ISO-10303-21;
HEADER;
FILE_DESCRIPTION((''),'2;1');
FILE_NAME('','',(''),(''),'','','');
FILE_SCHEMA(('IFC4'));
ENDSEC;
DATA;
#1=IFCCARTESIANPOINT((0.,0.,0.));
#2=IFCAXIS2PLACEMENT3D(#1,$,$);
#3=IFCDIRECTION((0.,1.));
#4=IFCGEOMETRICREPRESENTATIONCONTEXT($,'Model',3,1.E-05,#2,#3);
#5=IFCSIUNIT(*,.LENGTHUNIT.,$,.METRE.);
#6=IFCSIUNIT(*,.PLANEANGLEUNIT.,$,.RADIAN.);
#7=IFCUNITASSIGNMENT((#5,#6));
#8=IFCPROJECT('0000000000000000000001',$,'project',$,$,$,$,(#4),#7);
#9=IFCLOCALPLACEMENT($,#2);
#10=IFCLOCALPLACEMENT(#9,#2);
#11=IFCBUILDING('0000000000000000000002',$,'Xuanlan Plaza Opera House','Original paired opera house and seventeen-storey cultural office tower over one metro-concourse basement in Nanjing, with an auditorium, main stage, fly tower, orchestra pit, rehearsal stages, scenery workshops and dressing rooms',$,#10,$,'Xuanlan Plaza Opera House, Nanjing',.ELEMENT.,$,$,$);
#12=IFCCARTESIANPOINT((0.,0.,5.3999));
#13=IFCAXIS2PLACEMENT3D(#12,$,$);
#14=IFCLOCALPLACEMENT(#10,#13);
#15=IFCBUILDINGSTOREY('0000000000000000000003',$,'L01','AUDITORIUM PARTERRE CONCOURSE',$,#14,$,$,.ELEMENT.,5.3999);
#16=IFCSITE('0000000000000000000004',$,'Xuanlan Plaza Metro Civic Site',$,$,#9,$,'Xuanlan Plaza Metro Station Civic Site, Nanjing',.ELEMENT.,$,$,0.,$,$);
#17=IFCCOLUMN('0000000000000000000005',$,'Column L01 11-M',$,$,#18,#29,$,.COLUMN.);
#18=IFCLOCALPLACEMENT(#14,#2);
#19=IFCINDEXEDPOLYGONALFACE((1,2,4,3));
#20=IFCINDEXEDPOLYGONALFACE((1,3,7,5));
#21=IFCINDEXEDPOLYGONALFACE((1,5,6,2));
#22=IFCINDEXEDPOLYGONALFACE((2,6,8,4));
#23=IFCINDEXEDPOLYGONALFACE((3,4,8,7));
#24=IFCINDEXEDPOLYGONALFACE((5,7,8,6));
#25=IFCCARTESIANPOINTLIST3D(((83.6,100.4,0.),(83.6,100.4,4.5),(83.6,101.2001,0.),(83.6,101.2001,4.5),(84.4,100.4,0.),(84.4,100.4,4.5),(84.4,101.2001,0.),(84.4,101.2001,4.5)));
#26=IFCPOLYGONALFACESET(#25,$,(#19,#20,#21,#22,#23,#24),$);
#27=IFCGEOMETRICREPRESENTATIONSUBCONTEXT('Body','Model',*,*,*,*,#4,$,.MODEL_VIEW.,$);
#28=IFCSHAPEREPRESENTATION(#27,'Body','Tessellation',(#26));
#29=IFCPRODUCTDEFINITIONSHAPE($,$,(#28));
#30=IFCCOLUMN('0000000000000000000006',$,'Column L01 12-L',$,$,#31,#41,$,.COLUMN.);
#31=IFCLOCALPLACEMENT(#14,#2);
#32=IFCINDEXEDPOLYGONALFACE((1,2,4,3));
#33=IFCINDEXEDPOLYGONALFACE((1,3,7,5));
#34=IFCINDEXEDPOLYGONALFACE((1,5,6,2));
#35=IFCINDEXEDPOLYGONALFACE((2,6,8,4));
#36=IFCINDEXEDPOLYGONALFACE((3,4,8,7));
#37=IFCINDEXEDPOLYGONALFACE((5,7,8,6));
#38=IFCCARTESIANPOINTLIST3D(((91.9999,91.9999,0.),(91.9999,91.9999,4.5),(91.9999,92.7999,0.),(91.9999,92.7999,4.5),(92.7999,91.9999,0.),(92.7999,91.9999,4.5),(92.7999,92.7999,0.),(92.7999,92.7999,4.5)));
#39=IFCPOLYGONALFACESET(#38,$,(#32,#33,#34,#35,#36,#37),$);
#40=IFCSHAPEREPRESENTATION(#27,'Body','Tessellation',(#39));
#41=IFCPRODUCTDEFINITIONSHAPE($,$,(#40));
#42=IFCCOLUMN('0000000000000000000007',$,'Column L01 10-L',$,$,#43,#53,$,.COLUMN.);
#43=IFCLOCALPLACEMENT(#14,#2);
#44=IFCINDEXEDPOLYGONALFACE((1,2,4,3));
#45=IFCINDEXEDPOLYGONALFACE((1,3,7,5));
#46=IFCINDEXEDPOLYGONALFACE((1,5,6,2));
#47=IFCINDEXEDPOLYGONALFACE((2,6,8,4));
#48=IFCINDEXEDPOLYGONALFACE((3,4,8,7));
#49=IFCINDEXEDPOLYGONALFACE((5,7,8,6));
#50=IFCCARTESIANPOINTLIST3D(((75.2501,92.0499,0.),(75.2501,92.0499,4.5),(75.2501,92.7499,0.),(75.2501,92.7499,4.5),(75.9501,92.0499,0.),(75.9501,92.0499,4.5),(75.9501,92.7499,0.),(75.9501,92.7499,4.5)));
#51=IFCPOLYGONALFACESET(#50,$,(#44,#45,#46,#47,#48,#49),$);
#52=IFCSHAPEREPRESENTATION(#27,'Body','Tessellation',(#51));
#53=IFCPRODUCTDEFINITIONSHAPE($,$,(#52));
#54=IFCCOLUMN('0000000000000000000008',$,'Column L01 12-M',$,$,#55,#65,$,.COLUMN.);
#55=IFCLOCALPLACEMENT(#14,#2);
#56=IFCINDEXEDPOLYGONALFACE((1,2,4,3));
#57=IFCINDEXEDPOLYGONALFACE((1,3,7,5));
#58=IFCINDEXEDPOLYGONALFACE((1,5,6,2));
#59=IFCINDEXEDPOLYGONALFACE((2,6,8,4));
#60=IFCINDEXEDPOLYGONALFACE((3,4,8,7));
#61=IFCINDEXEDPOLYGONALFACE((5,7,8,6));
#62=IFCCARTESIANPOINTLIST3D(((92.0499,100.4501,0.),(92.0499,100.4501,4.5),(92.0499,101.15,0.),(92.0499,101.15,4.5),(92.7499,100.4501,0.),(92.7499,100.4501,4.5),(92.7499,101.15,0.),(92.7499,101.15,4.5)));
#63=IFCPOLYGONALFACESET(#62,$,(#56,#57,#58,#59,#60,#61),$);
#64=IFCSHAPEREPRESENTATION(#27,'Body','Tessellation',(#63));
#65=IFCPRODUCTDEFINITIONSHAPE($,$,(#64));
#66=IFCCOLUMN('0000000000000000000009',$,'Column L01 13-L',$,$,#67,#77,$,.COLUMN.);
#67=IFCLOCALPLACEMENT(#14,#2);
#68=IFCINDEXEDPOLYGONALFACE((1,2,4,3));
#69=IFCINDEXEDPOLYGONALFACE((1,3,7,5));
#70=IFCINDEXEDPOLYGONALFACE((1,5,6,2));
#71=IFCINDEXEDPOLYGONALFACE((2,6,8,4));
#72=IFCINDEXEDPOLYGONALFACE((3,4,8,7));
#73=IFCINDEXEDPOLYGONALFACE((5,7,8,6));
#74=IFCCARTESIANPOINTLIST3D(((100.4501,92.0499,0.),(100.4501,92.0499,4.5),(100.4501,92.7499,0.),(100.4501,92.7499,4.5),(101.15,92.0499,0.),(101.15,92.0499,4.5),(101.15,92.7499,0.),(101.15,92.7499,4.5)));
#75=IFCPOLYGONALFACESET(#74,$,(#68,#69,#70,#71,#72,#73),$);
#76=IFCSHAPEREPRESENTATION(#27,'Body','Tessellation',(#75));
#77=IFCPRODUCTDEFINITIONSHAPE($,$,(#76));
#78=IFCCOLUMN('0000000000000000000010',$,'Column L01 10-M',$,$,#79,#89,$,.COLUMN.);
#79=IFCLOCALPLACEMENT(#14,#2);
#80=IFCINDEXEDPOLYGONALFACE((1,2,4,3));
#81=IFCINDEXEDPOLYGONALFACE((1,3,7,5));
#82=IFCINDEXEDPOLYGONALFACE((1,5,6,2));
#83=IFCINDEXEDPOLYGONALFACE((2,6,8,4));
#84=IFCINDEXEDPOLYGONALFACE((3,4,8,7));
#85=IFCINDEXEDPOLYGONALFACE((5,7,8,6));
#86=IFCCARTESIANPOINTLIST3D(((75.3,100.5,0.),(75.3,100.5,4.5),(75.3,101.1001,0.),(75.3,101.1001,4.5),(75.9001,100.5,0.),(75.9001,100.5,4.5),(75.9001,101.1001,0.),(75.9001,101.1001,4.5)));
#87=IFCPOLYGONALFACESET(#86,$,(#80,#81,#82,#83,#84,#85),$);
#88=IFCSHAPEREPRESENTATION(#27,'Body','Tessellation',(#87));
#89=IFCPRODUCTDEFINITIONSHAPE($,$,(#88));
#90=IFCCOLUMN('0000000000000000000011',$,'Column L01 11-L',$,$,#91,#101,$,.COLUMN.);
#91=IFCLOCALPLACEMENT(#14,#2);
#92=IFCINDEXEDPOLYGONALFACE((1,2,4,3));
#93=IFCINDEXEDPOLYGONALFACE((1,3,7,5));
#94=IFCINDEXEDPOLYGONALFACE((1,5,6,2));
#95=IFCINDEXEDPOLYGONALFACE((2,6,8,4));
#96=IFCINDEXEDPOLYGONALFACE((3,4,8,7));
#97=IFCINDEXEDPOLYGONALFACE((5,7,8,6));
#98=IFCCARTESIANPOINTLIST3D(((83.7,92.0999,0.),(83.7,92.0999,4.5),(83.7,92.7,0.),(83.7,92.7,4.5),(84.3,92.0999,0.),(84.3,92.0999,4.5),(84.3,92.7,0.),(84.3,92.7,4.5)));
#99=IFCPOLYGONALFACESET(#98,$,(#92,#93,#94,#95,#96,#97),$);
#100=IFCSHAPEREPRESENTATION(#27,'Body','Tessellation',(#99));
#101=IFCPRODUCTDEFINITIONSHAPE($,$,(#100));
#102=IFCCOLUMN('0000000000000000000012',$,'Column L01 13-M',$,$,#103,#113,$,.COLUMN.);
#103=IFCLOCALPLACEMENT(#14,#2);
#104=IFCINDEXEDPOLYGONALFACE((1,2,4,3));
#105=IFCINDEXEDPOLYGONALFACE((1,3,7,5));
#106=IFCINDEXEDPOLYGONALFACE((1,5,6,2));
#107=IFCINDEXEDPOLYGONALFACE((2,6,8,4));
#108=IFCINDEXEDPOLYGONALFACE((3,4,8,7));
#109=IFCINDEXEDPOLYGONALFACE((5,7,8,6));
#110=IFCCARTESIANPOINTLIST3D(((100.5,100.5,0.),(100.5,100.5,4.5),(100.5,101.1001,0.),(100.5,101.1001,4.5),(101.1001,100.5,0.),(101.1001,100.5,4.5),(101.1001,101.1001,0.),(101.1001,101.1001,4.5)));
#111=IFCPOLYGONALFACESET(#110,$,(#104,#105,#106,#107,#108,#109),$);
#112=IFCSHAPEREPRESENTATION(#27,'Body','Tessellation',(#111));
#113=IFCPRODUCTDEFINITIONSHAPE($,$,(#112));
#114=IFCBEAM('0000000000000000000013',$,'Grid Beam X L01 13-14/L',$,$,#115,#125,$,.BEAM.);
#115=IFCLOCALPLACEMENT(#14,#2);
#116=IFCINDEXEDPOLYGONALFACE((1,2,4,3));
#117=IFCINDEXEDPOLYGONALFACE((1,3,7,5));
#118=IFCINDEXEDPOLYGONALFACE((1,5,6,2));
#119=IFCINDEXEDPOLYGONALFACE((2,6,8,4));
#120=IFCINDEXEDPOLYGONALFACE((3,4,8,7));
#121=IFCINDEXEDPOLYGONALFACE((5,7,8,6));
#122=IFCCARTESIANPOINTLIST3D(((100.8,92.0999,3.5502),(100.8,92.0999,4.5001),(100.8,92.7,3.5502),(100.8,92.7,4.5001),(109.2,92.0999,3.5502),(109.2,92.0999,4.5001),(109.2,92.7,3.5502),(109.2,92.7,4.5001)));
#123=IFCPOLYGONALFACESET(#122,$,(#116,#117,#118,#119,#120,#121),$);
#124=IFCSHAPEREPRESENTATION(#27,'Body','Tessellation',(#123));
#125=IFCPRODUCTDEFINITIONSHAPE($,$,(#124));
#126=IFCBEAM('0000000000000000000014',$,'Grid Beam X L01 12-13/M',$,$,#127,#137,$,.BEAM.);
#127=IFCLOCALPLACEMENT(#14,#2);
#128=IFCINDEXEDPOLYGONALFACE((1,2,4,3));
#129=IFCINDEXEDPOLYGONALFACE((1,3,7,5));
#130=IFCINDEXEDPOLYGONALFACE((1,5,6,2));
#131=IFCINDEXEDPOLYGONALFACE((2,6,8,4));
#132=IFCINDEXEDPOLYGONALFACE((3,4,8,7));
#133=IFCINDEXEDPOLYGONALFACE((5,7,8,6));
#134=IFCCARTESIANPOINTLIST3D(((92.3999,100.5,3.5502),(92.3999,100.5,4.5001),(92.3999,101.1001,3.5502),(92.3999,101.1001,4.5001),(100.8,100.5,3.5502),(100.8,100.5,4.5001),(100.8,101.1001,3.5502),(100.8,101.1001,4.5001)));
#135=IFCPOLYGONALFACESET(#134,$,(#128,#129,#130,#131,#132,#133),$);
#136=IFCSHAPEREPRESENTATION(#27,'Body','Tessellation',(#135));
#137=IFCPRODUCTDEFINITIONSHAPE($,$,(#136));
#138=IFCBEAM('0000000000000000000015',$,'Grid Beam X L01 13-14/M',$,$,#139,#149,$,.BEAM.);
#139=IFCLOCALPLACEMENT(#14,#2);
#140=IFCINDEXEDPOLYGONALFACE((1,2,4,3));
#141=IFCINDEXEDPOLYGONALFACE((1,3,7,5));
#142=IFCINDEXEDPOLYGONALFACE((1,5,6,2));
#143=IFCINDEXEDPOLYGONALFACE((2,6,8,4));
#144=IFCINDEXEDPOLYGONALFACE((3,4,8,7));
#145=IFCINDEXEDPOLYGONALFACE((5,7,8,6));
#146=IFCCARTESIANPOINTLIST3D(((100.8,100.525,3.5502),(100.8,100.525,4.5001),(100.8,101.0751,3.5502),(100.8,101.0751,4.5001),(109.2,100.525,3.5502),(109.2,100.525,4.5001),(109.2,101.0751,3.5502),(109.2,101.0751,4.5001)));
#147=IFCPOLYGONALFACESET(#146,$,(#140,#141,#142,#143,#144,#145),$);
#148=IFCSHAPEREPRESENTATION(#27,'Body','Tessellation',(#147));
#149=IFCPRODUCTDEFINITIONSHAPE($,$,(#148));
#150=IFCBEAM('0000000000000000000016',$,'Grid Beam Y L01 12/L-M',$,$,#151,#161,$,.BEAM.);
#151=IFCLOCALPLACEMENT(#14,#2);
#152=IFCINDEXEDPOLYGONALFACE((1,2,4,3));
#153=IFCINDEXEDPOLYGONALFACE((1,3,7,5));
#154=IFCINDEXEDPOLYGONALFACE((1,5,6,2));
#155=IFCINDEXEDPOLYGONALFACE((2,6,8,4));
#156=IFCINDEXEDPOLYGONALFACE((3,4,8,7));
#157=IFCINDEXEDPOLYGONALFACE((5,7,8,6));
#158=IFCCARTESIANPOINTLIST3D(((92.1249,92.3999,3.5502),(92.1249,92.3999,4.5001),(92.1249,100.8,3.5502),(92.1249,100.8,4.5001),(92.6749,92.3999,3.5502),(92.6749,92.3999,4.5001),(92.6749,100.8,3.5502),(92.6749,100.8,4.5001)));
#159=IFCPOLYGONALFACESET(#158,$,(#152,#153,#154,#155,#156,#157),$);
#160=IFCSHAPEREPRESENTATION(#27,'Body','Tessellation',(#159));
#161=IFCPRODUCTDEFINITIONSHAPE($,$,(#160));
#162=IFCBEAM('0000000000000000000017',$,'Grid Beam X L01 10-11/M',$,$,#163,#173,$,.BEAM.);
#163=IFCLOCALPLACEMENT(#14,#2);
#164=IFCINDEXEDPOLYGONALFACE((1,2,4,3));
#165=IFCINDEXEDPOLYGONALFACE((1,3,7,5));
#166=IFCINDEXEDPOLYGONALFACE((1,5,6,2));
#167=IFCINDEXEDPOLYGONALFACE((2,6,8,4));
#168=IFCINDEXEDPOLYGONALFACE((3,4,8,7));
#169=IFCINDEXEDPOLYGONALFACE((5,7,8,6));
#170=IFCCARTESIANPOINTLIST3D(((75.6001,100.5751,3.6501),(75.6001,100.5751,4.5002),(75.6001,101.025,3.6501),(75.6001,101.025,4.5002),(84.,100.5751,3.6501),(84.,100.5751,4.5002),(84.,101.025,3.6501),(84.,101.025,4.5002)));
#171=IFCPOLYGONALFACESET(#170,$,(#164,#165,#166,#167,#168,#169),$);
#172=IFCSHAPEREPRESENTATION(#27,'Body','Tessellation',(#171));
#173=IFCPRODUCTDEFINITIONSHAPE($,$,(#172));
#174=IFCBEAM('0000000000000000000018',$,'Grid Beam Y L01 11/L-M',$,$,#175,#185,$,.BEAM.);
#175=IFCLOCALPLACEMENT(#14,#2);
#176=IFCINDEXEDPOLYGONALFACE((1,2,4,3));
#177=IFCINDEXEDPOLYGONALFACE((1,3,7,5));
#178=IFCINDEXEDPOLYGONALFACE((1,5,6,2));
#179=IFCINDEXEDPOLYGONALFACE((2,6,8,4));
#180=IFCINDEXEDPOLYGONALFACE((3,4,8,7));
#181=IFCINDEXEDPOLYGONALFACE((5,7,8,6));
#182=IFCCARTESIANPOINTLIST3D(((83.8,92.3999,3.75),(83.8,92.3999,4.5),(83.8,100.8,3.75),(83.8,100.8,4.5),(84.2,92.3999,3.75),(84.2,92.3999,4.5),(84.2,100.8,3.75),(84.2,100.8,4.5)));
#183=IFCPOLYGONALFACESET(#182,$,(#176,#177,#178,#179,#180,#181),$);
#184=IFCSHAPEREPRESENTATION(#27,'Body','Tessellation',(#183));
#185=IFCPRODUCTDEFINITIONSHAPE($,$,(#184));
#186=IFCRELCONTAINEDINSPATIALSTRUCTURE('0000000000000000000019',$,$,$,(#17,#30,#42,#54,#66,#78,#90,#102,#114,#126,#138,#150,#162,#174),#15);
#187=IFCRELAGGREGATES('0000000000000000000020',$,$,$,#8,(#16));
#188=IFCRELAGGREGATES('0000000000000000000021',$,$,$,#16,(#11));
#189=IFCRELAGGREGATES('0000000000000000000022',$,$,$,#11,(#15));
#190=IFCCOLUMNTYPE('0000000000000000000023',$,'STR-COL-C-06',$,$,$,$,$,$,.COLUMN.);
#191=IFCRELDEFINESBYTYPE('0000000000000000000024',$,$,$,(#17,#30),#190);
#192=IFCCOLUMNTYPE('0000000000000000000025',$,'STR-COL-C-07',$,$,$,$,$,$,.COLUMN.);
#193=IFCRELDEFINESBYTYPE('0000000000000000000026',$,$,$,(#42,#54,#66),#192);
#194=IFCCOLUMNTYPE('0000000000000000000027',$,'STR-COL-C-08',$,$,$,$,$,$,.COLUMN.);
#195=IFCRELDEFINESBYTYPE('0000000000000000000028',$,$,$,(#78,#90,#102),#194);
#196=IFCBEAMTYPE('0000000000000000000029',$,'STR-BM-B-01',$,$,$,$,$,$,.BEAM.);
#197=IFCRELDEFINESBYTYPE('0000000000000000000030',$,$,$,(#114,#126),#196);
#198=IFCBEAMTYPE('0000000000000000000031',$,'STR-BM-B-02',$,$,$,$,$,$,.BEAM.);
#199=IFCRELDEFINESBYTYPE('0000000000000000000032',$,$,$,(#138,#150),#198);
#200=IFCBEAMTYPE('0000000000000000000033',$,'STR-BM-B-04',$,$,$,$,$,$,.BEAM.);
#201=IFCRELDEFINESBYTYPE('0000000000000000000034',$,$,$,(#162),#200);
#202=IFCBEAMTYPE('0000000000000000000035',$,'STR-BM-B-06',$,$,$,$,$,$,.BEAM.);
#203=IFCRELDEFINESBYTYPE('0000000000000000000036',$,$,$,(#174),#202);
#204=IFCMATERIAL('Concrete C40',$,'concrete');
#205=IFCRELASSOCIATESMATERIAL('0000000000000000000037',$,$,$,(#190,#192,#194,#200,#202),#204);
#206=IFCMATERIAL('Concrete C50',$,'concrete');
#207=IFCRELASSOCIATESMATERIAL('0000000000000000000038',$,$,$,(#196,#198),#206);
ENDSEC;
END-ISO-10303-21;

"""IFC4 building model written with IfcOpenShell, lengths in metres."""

from ifc_helpers import new_model, si_unit, direction, frame, origin, origin_2d, place, context, subcontext, project, spatial, rectangle, extrude, material, material_profile, profile_set, type_object, element, save


model = new_model("IFC4")

# Units and contexts
model_context = context("Model", 3, precision=1e-05, world=origin(), true_north=direction((0.0, 1.0)))
body_context = subcontext(model_context, "Body", "Model", "MODEL_VIEW")
ifc_project = project(units=[si_unit("LENGTHUNIT", "METRE"), si_unit("PLANEANGLEUNIT", "RADIAN")], contexts=[model_context])

# Site, building, storey
site_placement = place(None, origin())
site = spatial("IfcSite", under=ifc_project, at=site_placement, Name="Xuanlan Plaza Metro Civic Site", LongName="Xuanlan Plaza Metro Station Civic Site, Nanjing", CompositionType="ELEMENT", RefElevation=0.0)
building_placement = place(site_placement, origin())
building = spatial("IfcBuilding", under=site, at=building_placement, Name="Xuanlan Plaza Opera House", Description="Original paired opera house and seventeen-storey cultural office tower over one metro-concourse basement in Nanjing, with an auditorium, main stage, fly tower, orchestra pit, rehearsal stages, scenery workshops and dressing rooms", LongName="Xuanlan Plaza Opera House, Nanjing", CompositionType="ELEMENT")
storey_placement = place(building_placement, frame((0.0, 0.0, 5.3999)))
storey = spatial("IfcBuildingStorey", under=building, at=storey_placement, Name="L01", Description="AUDITORIUM PARTERRE CONCOURSE", CompositionType="ELEMENT", Elevation=5.3999)

# Columns
ifc_material_1 = material(Name="Concrete C40", Category="concrete")
ifc_material_profile_1 = material_profile(ifc_material_1, rectangle(XDim=0.8, YDim=0.8, at=origin_2d()), Name="RC-COL 800x800")
ifc_profile_set_1 = profile_set([ifc_material_profile_1], Name="Concrete C40")
column_type_1 = type_object("IfcColumnType", Name="STR-COL-C-06", PredefinedType="COLUMN", material=ifc_profile_set_1)
for number, where, z_axis, x_axis, name in (
    (1, (84.0, 100.8, 0.0), (0.0, 0.0, 1.0), (1.0, 0.0, 0.0), "Column L01 11-M"),
    (2, (92.3999, 92.3999, 0.0), (0.0, 0.0, 1.0), (1.0, 0.0, 0.0), "Column L01 12-L"),
):
    element("IfcColumn", number, at=place(storey_placement, frame(where, z_axis=z_axis, x_axis=x_axis)), inside=storey, type_object=column_type_1, Name=name, PredefinedType="COLUMN", context=body_context, shape_type="SweptSolid", body=[
        extrude(rectangle(XDim=0.8, YDim=0.8, at=origin_2d()), origin(), (0.0, 0.0, 1.0), 4.5),
    ])
ifc_material_profile_2 = material_profile(ifc_material_1, rectangle(XDim=0.7, YDim=0.7, at=origin_2d()), Name="RC-COL 700x700")
ifc_profile_set_2 = profile_set([ifc_material_profile_2], Name="Concrete C40")
column_type_2 = type_object("IfcColumnType", Name="STR-COL-C-07", PredefinedType="COLUMN", material=ifc_profile_set_2)
for number, where, z_axis, x_axis, name in (
    (3, (75.6001, 92.3999, 0.0), (0.0, 0.0, 1.0), (1.0, 0.0, 0.0), "Column L01 10-L"),
    (4, (92.3999, 100.8, 0.0), (0.0, 0.0, 1.0), (1.0, 0.0, 0.0), "Column L01 12-M"),
    (5, (100.8, 92.3999, 0.0), (0.0, 0.0, 1.0), (1.0, 0.0, 0.0), "Column L01 13-L"),
):
    element("IfcColumn", number, at=place(storey_placement, frame(where, z_axis=z_axis, x_axis=x_axis)), inside=storey, type_object=column_type_2, Name=name, PredefinedType="COLUMN", context=body_context, shape_type="SweptSolid", body=[
        extrude(rectangle(XDim=0.7, YDim=0.7, at=origin_2d()), origin(), (0.0, 0.0, 1.0), 4.5),
    ])
ifc_material_profile_3 = material_profile(ifc_material_1, rectangle(XDim=0.6001, YDim=0.6001, at=origin_2d()), Name="RC-COL 600x600")
ifc_profile_set_3 = profile_set([ifc_material_profile_3], Name="Concrete C40")
column_type_3 = type_object("IfcColumnType", Name="STR-COL-C-08", PredefinedType="COLUMN", material=ifc_profile_set_3)
for number, where, z_axis, x_axis, name in (
    (6, (75.6001, 100.8, 0.0), (0.0, 0.0, 1.0), (1.0, 0.0, 0.0), "Column L01 10-M"),
    (7, (84.0, 92.3999, 0.0), (0.0, 0.0, 1.0), (1.0, 0.0, 0.0), "Column L01 11-L"),
    (8, (100.8, 100.8, 0.0), (0.0, 0.0, 1.0), (1.0, 0.0, 0.0), "Column L01 13-M"),
):
    element("IfcColumn", number, at=place(storey_placement, frame(where, z_axis=z_axis, x_axis=x_axis)), inside=storey, type_object=column_type_3, Name=name, PredefinedType="COLUMN", context=body_context, shape_type="SweptSolid", body=[
        extrude(rectangle(XDim=0.6001, YDim=0.6001, at=origin_2d()), origin(), (0.0, 0.0, 1.0), 4.5),
    ])

# Beams
ifc_material_2 = material(Name="Concrete C50", Category="concrete")
ifc_material_profile_4 = material_profile(ifc_material_2, rectangle(XDim=0.6001, YDim=0.95, at=origin_2d()), Name="RC-BM 600x950")
ifc_profile_set_4 = profile_set([ifc_material_profile_4], Name="Concrete C50")
beam_type_1 = type_object("IfcBeamType", Name="STR-BM-B-01", PredefinedType="BEAM", material=ifc_profile_set_4)
beam_1_placement = place(storey_placement, frame((100.8, 92.3999, 4.0251), z_axis=(1.0, 0.0, 0.0), x_axis=(0.0, 1.0, 0.0)))
element("IfcBeam", 9, at=beam_1_placement, inside=storey, type_object=beam_type_1, Name="Grid Beam X L01 13-14/L", PredefinedType="BEAM", context=body_context, shape_type="SweptSolid", body=[
    extrude(rectangle(XDim=0.6001, YDim=0.95, at=origin_2d()), origin(), (0.0, 0.0, 1.0), 8.3999),
])
beam_2_placement = place(storey_placement, frame((92.3999, 100.8, 4.0251), z_axis=(1.0, 0.0, 0.0), x_axis=(0.0, 1.0, 0.0)))
element("IfcBeam", 10, at=beam_2_placement, inside=storey, type_object=beam_type_1, Name="Grid Beam X L01 12-13/M", PredefinedType="BEAM", context=body_context, shape_type="SweptSolid", body=[
    extrude(rectangle(XDim=0.6001, YDim=0.95, at=origin_2d()), origin(), (0.0, 0.0, 1.0), 8.4001),
])
ifc_material_profile_5 = material_profile(ifc_material_2, rectangle(XDim=0.55, YDim=0.95, at=origin_2d()), Name="RC-BM 550x950")
ifc_profile_set_5 = profile_set([ifc_material_profile_5], Name="Concrete C50")
beam_type_2 = type_object("IfcBeamType", Name="STR-BM-B-02", PredefinedType="BEAM", material=ifc_profile_set_5)
beam_3_placement = place(storey_placement, frame((100.8, 100.8, 4.0251), z_axis=(1.0, 0.0, 0.0), x_axis=(0.0, 1.0, 0.0)))
element("IfcBeam", 11, at=beam_3_placement, inside=storey, type_object=beam_type_2, Name="Grid Beam X L01 13-14/M", PredefinedType="BEAM", context=body_context, shape_type="SweptSolid", body=[
    extrude(rectangle(XDim=0.55, YDim=0.95, at=origin_2d()), origin(), (0.0, 0.0, 1.0), 8.3999),
])
beam_4_placement = place(storey_placement, frame((92.3999, 92.3999, 4.0251), z_axis=(0.0, 1.0, 0.0), x_axis=(-1.0, 0.0, 0.0)))
element("IfcBeam", 12, at=beam_4_placement, inside=storey, type_object=beam_type_2, Name="Grid Beam Y L01 12/L-M", PredefinedType="BEAM", context=body_context, shape_type="SweptSolid", body=[
    extrude(rectangle(XDim=0.55, YDim=0.95, at=origin_2d()), origin(), (0.0, 0.0, 1.0), 8.4001),
])
ifc_material_profile_6 = material_profile(ifc_material_1, rectangle(XDim=0.45, YDim=0.8501, at=origin_2d()), Name="RC-BM 450x850")
ifc_profile_set_6 = profile_set([ifc_material_profile_6], Name="Concrete C40")
beam_type_3 = type_object("IfcBeamType", Name="STR-BM-B-04", PredefinedType="BEAM", material=ifc_profile_set_6)
beam_5_placement = place(storey_placement, frame((75.6001, 100.8, 4.0752), z_axis=(1.0, 0.0, 0.0), x_axis=(0.0, 1.0, 0.0)))
element("IfcBeam", 13, at=beam_5_placement, inside=storey, type_object=beam_type_3, Name="Grid Beam X L01 10-11/M", PredefinedType="BEAM", context=body_context, shape_type="SweptSolid", body=[
    extrude(rectangle(XDim=0.45, YDim=0.8501, at=origin_2d()), origin(), (0.0, 0.0, 1.0), 8.3999),
])
ifc_material_profile_7 = material_profile(ifc_material_1, rectangle(XDim=0.3999, YDim=0.75, at=origin_2d()), Name="RC-BM 400x750")
ifc_profile_set_7 = profile_set([ifc_material_profile_7], Name="Concrete C40")
beam_type_4 = type_object("IfcBeamType", Name="STR-BM-B-06", PredefinedType="BEAM", material=ifc_profile_set_7)
beam_6_placement = place(storey_placement, frame((84.0, 92.3999, 4.125), z_axis=(0.0, 1.0, 0.0), x_axis=(-1.0, 0.0, 0.0)))
element("IfcBeam", 14, at=beam_6_placement, inside=storey, type_object=beam_type_4, Name="Grid Beam Y L01 11/L-M", PredefinedType="BEAM", context=body_context, shape_type="SweptSolid", body=[
    extrude(rectangle(XDim=0.3999, YDim=0.75, at=origin_2d()), origin(), (0.0, 0.0, 1.0), 8.4001),
])

save(model, "model.ifc")
